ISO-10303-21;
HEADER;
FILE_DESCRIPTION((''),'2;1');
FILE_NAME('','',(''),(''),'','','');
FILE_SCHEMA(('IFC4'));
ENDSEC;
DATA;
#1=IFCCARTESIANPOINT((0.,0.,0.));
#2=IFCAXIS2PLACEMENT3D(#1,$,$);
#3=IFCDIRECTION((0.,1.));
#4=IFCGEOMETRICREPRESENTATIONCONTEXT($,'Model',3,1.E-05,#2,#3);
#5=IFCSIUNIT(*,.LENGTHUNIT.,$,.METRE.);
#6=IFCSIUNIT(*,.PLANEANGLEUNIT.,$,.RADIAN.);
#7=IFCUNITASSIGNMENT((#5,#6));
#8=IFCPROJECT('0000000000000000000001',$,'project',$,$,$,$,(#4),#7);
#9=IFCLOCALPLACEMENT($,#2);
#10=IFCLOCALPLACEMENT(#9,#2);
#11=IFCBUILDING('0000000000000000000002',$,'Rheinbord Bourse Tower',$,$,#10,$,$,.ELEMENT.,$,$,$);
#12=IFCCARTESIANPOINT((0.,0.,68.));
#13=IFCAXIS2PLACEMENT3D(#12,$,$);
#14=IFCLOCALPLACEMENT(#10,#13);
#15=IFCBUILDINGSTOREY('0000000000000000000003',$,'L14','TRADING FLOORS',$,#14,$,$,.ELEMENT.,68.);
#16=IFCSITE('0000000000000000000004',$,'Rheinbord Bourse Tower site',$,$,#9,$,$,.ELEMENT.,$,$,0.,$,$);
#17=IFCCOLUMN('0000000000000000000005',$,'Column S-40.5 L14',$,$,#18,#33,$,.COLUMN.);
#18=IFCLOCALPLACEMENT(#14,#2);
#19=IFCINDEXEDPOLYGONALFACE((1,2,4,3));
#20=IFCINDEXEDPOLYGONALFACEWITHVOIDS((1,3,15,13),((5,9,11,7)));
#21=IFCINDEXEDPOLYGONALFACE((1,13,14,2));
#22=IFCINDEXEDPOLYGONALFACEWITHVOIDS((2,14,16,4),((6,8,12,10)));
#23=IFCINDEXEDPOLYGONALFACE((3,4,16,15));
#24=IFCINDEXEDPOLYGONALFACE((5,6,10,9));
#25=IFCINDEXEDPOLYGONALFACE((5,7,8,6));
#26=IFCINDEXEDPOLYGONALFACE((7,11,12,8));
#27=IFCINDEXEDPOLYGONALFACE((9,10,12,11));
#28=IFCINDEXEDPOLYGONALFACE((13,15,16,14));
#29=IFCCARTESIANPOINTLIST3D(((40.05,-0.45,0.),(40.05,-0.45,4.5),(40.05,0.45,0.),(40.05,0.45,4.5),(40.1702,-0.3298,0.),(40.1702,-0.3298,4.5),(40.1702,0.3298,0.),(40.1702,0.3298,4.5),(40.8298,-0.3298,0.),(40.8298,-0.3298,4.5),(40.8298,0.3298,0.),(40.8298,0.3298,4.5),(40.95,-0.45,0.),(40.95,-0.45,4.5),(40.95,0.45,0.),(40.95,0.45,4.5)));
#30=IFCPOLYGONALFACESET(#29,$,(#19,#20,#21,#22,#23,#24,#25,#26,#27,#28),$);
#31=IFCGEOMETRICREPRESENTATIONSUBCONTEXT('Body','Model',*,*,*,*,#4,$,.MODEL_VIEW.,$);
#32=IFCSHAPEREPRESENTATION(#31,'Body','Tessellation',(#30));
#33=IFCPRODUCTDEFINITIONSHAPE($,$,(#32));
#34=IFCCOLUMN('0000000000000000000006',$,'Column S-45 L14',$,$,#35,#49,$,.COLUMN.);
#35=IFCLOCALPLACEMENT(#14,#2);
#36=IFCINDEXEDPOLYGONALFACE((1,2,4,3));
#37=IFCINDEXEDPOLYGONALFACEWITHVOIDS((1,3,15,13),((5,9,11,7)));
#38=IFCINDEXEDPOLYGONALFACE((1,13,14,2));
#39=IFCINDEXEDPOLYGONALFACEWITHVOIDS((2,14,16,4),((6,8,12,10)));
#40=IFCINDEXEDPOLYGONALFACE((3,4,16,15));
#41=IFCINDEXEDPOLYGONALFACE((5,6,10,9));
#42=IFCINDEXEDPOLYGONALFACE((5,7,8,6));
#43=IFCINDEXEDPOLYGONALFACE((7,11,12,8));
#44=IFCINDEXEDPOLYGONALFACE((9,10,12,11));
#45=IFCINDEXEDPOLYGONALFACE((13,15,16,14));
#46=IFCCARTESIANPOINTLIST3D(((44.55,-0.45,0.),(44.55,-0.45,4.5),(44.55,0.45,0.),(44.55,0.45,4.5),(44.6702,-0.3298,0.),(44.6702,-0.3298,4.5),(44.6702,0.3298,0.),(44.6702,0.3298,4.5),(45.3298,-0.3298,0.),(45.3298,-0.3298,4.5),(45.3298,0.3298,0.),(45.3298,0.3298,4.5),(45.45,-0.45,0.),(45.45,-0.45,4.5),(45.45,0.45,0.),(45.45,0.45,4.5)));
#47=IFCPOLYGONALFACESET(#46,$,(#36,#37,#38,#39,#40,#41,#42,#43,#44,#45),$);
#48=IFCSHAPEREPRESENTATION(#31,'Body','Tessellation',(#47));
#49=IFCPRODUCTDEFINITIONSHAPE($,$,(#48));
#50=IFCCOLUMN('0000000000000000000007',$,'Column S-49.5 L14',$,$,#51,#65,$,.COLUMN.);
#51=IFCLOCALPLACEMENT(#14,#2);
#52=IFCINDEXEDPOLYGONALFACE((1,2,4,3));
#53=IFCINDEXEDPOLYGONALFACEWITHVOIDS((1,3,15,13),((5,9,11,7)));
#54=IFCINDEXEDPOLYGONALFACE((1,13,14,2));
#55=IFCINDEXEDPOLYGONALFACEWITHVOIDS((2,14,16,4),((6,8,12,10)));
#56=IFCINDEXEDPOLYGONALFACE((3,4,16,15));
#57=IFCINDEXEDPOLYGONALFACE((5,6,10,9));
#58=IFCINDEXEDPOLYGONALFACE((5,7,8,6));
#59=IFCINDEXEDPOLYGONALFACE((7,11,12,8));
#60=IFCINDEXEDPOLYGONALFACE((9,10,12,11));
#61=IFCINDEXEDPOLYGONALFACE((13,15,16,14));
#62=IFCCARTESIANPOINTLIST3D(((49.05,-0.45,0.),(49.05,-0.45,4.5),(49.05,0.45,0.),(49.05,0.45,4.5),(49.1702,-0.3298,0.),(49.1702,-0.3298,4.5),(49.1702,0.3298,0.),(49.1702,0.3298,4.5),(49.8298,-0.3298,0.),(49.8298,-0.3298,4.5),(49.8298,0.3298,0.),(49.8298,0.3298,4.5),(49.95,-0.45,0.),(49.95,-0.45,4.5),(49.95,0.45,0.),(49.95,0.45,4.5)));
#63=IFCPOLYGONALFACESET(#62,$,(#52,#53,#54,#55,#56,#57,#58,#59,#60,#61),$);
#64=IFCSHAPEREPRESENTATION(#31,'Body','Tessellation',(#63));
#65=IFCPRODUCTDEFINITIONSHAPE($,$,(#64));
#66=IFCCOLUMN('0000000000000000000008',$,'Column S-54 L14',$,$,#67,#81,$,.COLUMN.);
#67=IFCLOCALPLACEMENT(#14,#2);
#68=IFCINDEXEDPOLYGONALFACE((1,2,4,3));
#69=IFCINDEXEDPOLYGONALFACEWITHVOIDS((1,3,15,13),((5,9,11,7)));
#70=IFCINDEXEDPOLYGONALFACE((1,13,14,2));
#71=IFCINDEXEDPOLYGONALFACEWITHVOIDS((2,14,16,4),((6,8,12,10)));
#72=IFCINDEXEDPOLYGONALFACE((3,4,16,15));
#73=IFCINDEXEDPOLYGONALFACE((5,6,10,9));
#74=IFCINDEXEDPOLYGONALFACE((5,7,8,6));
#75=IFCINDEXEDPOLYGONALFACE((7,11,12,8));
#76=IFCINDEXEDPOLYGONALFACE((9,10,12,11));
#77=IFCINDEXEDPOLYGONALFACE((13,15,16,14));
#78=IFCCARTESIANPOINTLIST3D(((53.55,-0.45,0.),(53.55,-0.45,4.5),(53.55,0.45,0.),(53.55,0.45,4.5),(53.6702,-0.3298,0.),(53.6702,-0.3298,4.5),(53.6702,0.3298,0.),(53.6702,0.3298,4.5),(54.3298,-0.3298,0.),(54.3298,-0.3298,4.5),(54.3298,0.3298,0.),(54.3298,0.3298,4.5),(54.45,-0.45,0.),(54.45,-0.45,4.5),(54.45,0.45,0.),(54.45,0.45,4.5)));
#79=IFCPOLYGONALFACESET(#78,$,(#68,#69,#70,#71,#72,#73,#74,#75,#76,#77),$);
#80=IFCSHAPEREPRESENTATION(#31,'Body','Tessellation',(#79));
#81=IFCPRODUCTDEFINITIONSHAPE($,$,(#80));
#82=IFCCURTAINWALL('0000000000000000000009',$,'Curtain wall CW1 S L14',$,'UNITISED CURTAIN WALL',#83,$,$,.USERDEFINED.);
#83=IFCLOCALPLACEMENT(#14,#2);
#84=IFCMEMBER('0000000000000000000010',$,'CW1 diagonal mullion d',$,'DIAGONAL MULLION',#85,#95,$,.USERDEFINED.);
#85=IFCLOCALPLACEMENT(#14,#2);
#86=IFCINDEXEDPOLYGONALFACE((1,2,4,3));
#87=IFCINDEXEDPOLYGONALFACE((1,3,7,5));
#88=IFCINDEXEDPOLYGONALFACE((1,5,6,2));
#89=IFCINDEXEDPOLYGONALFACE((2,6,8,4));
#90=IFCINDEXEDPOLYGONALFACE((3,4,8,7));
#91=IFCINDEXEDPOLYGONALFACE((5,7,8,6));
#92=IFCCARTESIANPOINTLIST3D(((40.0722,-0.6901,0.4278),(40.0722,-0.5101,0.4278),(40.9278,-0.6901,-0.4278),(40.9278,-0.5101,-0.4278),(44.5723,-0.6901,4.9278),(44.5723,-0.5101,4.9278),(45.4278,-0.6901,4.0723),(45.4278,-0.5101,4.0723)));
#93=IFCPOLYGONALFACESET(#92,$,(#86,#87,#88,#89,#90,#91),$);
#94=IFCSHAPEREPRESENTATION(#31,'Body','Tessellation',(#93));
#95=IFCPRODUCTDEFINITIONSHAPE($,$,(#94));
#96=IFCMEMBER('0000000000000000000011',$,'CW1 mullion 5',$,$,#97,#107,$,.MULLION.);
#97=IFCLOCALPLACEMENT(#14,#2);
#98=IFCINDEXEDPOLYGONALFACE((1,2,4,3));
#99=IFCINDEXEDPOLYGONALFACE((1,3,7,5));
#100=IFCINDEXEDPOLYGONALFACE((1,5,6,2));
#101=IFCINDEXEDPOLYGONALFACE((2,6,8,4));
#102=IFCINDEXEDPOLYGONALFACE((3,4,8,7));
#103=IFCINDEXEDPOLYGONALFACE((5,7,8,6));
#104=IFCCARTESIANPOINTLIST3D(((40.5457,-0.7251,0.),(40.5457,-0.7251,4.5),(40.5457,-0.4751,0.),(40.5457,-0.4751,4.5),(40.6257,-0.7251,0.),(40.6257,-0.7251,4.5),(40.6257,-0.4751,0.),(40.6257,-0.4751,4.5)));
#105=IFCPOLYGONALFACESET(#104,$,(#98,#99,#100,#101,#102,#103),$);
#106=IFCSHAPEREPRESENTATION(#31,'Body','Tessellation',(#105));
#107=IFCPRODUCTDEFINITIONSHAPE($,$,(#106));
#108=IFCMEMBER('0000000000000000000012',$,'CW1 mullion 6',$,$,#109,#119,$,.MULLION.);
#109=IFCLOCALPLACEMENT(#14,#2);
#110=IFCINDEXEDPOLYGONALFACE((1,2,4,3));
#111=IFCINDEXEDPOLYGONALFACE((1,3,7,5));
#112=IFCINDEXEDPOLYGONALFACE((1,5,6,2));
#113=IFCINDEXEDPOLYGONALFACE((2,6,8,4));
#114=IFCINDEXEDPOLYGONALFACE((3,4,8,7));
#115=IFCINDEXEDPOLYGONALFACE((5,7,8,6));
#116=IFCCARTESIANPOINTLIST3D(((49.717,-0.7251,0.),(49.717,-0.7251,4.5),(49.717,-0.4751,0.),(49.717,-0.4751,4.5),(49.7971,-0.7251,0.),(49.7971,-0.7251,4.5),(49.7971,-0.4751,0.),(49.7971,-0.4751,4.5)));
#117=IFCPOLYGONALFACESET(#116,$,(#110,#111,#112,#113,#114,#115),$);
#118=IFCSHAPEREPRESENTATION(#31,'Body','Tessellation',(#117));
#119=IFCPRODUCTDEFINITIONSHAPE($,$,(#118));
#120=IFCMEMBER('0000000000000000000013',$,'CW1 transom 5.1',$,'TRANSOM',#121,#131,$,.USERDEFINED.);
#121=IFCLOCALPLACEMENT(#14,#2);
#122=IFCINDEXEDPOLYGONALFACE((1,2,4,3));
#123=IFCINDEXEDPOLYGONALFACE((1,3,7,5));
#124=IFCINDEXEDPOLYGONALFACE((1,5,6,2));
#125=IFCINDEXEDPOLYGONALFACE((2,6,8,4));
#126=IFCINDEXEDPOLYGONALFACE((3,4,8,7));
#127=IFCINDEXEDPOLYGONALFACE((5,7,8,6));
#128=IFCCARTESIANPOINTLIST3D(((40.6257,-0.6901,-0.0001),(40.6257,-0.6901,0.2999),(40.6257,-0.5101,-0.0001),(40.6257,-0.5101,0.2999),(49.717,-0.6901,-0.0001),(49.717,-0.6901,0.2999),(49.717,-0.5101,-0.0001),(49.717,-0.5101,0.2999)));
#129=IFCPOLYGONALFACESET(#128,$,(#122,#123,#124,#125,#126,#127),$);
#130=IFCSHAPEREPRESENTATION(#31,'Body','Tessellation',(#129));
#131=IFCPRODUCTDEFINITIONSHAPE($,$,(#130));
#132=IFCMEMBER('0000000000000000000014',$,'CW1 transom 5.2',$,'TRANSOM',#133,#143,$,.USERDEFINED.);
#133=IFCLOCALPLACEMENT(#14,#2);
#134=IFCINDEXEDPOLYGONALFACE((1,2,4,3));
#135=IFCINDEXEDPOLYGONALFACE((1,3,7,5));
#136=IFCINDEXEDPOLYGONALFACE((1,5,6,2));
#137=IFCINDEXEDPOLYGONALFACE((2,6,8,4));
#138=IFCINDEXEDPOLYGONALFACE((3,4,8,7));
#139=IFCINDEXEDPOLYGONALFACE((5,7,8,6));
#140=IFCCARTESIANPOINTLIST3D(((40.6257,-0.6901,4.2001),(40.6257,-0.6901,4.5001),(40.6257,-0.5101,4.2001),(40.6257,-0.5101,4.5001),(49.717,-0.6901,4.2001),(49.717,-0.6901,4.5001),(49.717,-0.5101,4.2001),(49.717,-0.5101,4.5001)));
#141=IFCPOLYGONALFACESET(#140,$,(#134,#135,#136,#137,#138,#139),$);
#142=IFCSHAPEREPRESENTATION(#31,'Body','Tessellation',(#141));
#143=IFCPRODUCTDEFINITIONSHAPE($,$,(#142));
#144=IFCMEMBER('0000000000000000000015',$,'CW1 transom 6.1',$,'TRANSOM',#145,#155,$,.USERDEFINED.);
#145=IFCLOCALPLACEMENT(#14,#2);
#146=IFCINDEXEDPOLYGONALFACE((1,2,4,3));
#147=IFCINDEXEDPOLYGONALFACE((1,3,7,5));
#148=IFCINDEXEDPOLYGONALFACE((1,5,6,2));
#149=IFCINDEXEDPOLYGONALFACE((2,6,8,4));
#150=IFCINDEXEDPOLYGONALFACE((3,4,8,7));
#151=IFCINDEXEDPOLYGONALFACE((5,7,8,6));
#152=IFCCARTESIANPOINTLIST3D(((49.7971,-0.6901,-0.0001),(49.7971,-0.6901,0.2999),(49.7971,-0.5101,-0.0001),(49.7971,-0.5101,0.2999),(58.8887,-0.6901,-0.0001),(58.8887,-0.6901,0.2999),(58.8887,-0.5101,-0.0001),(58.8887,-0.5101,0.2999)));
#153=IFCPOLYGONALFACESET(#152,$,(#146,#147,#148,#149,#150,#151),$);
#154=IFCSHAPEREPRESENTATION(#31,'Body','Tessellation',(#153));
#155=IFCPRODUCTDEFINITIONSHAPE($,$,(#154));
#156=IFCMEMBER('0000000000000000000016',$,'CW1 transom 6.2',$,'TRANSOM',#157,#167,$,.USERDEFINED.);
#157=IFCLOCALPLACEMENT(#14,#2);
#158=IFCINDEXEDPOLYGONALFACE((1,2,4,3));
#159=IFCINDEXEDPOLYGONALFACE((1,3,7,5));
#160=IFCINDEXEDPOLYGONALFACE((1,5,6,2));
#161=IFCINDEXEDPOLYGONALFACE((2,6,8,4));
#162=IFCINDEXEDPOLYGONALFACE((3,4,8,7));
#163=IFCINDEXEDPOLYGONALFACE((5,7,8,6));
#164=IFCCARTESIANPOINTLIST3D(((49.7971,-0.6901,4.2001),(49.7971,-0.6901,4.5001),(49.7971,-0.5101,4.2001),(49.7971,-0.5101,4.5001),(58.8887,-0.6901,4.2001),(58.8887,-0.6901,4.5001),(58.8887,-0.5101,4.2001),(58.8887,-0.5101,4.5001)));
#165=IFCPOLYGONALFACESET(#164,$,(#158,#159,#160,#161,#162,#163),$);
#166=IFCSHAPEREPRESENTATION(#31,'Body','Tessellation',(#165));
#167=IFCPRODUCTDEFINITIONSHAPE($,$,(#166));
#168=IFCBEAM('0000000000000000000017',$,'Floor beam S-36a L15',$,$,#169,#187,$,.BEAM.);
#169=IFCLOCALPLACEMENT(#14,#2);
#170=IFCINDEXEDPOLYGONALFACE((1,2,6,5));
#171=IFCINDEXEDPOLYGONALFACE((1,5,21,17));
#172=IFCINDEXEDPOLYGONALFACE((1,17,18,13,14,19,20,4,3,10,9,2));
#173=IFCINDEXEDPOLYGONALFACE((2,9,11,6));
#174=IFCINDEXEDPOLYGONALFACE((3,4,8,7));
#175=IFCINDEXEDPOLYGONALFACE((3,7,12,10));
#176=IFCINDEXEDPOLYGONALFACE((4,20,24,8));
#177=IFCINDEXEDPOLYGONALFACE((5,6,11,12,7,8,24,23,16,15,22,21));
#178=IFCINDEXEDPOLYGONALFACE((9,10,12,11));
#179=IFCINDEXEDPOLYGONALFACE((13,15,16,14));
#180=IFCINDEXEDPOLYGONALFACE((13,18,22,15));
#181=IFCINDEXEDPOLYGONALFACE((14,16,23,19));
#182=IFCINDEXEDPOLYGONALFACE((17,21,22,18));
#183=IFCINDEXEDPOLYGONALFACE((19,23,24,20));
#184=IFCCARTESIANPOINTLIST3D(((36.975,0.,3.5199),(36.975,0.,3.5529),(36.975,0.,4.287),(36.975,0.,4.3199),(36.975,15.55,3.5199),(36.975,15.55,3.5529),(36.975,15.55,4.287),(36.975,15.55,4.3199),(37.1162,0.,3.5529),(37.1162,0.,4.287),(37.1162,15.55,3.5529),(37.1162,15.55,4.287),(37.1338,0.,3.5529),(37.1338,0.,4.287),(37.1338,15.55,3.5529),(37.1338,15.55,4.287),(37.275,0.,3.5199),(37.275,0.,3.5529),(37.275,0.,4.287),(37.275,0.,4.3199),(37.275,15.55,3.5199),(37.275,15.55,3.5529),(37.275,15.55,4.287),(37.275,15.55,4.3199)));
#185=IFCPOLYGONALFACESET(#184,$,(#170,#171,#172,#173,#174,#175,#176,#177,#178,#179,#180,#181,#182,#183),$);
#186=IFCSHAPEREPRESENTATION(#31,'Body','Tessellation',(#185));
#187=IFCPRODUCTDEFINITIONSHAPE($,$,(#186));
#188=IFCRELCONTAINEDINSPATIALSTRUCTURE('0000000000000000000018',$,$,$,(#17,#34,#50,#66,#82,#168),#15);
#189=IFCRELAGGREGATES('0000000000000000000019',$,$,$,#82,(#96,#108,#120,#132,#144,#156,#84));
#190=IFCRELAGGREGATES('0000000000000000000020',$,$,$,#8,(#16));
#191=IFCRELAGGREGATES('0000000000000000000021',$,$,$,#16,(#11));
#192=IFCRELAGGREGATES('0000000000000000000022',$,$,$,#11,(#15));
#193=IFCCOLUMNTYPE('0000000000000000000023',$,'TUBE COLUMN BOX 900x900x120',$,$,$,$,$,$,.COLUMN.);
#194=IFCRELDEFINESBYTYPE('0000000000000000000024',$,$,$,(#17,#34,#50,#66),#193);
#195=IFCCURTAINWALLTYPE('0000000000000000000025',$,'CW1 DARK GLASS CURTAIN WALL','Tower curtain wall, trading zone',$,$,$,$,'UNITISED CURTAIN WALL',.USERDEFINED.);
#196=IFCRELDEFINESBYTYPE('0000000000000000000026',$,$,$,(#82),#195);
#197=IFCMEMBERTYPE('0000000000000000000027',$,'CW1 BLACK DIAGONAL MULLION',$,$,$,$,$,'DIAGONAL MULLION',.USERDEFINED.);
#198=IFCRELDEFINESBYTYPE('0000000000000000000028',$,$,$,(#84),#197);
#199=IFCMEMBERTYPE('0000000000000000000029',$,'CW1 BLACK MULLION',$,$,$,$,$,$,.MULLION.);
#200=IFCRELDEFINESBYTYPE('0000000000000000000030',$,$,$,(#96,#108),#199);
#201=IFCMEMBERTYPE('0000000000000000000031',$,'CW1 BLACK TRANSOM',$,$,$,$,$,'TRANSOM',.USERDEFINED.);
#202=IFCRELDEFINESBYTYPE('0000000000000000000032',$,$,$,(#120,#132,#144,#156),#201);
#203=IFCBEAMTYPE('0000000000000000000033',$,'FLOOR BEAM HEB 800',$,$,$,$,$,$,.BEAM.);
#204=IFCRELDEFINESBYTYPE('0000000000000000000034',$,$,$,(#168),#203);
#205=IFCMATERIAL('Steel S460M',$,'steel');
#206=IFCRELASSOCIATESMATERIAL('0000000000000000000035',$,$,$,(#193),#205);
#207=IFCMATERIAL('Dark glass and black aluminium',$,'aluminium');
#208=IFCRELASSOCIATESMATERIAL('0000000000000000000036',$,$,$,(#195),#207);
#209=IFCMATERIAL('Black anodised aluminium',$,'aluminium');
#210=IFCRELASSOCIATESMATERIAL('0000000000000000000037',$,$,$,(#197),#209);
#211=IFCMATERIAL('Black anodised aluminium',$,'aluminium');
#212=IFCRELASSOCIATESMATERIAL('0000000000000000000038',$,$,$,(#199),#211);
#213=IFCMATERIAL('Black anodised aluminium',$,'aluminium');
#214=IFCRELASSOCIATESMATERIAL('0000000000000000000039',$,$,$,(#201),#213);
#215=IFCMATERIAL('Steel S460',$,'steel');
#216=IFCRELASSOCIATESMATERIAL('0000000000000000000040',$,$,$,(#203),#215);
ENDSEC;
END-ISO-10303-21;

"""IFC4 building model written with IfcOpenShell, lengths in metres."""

from ifc_helpers import new_model, si_unit, direction, frame, origin, origin_2d, place, context, subcontext, project, spatial, rectangle, hollow_rectangle, i_section, extrude, material, material_profile, profile_set, type_object, element, aggregate, save


model = new_model("IFC4")

# Units and contexts
model_context = context("Model", 3, precision=1e-05, world=origin(), true_north=direction((0.0, 1.0)))
body_context = subcontext(model_context, "Body", "Model", "MODEL_VIEW")
ifc_project = project(units=[si_unit("LENGTHUNIT", "METRE"), si_unit("PLANEANGLEUNIT", "RADIAN")], contexts=[model_context])

# Site, building, storey
site_placement = place(None, origin())
site = spatial("IfcSite", under=ifc_project, at=site_placement, Name="Rheinbord Bourse Tower site", CompositionType="ELEMENT", RefElevation=0.0)
building_placement = place(site_placement, origin())
building = spatial("IfcBuilding", under=site, at=building_placement, Name="Rheinbord Bourse Tower", CompositionType="ELEMENT")
storey_placement = place(building_placement, frame((0.0, 0.0, 68.0)))
storey = spatial("IfcBuildingStorey", under=building, at=storey_placement, Name="L14", Description="TRADING FLOORS", CompositionType="ELEMENT", Elevation=68.0)

# Columns
ifc_material_1 = material(Name="Steel S460M", Category="steel")
ifc_material_profile_1 = material_profile(ifc_material_1, hollow_rectangle(XDim=0.8999, YDim=0.8999, WallThickness=0.1201, at=origin_2d()), Name="BOX 900x900x120")
ifc_profile_set_1 = profile_set([ifc_material_profile_1], Name="Steel S460M")
column_type = type_object("IfcColumnType", Name="TUBE COLUMN BOX 900x900x120", PredefinedType="COLUMN", material=ifc_profile_set_1)
for number, where, z_axis, x_axis, name in (
    (1, (40.5, 0.0, 0.0), (0.0, 0.0, 1.0), (0.0, 1.0, 0.0), "Column S-40.5 L14"),
    (2, (45.0, 0.0, 0.0), (0.0, 0.0, 1.0), (0.0, 1.0, 0.0), "Column S-45 L14"),
    (3, (49.5, 0.0, 0.0), (0.0, 0.0, 1.0), (0.0, 1.0, 0.0), "Column S-49.5 L14"),
    (4, (54.0, 0.0, 0.0), (0.0, 0.0, 1.0), (0.0, 1.0, 0.0), "Column S-54 L14"),
):
    element("IfcColumn", number, at=place(storey_placement, frame(where, z_axis=z_axis, x_axis=x_axis)), inside=storey, type_object=column_type, Name=name, PredefinedType="COLUMN", context=body_context, shape_type="SweptSolid", body=[
        extrude(hollow_rectangle(XDim=0.8999, YDim=0.8999, WallThickness=0.1201, at=origin_2d()), origin(), (0.0, 0.0, 1.0), 4.5),
    ])

# Curtain wall, members
ifc_material_2 = material(Name="Dark glass and black aluminium", Category="aluminium")
curtain_wall_type = type_object("IfcCurtainWallType", Name="CW1 DARK GLASS CURTAIN WALL", Description="Tower curtain wall, trading zone", ElementType="UNITISED CURTAIN WALL", PredefinedType="USERDEFINED", material=ifc_material_2)
curtain_wall_placement = place(storey_placement, origin())
curtain_wall = element("IfcCurtainWall", 5, at=curtain_wall_placement, inside=storey, type_object=curtain_wall_type, Name="Curtain wall CW1 S L14", ObjectType="UNITISED CURTAIN WALL", PredefinedType="USERDEFINED")
ifc_material_3 = material(Name="Black anodised aluminium", Category="aluminium")
ifc_material_profile_2 = material_profile(ifc_material_3, rectangle(XDim=0.1799, YDim=1.21, at=origin_2d()), Name="CW1 DIAGONAL MULLION 1210x180")
ifc_profile_set_2 = profile_set([ifc_material_profile_2], Name="Black anodised aluminium")
member_type_1 = type_object("IfcMemberType", Name="CW1 BLACK DIAGONAL MULLION", ElementType="DIAGONAL MULLION", PredefinedType="USERDEFINED", material=ifc_profile_set_2)
member_1_placement = place(storey_placement, frame((40.5, -0.6001, 0.0), z_axis=(0.707107, 0.0, 0.707107), x_axis=(0.0, 1.0, 0.0)))
member_1 = element("IfcMember", 6, at=member_1_placement, type_object=member_type_1, Name="CW1 diagonal mullion d", ObjectType="DIAGONAL MULLION", PredefinedType="USERDEFINED", context=body_context, shape_type="SweptSolid", body=[
    extrude(rectangle(XDim=0.1799, YDim=1.21, at=origin_2d()), origin(), (0.0, 0.0, 1.0), 6.364),
])
ifc_material_4 = material(Name="Black anodised aluminium", Category="aluminium")
ifc_material_profile_3 = material_profile(ifc_material_4, rectangle(XDim=0.25, YDim=0.0801, at=origin_2d()), Name="CW1 MULLION 80x250")
ifc_profile_set_3 = profile_set([ifc_material_profile_3], Name="Black anodised aluminium")
member_type_2 = type_object("IfcMemberType", Name="CW1 BLACK MULLION", PredefinedType="MULLION", material=ifc_profile_set_3)
member_2_placement = place(storey_placement, frame((40.5857, -0.6001, 0.0), z_axis=(0.0, 0.0, 1.0), x_axis=(0.0, 1.0, 0.0)))
member_2 = element("IfcMember", 7, at=member_2_placement, type_object=member_type_2, Name="CW1 mullion 5", PredefinedType="MULLION", context=body_context, shape_type="SweptSolid", body=[
    extrude(rectangle(XDim=0.25, YDim=0.0801, at=origin_2d()), origin(), (0.0, 0.0, 1.0), 4.5),
])
member_3_placement = place(storey_placement, frame((49.7571, -0.6001, 0.0), z_axis=(0.0, 0.0, 1.0), x_axis=(0.0, 1.0, 0.0)))
member_3 = element("IfcMember", 8, at=member_3_placement, type_object=member_type_2, Name="CW1 mullion 6", PredefinedType="MULLION", context=body_context, shape_type="SweptSolid", body=[
    extrude(rectangle(XDim=0.25, YDim=0.0801, at=origin_2d()), origin(), (0.0, 0.0, 1.0), 4.5),
])
ifc_material_5 = material(Name="Black anodised aluminium", Category="aluminium")
ifc_material_profile_4 = material_profile(ifc_material_5, rectangle(XDim=0.1799, YDim=0.3, at=origin_2d()), Name="CW1 TRANSOM 300x180")
ifc_profile_set_4 = profile_set([ifc_material_profile_4], Name="Black anodised aluminium")
member_type_3 = type_object("IfcMemberType", Name="CW1 BLACK TRANSOM", ElementType="TRANSOM", PredefinedType="USERDEFINED", material=ifc_profile_set_4)
member_4_placement = place(storey_placement, frame((40.6257, -0.6001, 0.1499), z_axis=(1.0, 0.0, 0.0), x_axis=(0.0, 1.0, 0.0)))
member_4 = element("IfcMember", 9, at=member_4_placement, type_object=member_type_3, Name="CW1 transom 5.1", ObjectType="TRANSOM", PredefinedType="USERDEFINED", context=body_context, shape_type="SweptSolid", body=[
    extrude(rectangle(XDim=0.1799, YDim=0.3, at=origin_2d()), origin(), (0.0, 0.0, 1.0), 9.0913),
])
member_5_placement = place(storey_placement, frame((40.6257, -0.6001, 4.3501), z_axis=(1.0, 0.0, 0.0), x_axis=(0.0, 1.0, 0.0)))
member_5 = element("IfcMember", 10, at=member_5_placement, type_object=member_type_3, Name="CW1 transom 5.2", ObjectType="TRANSOM", PredefinedType="USERDEFINED", context=body_context, shape_type="SweptSolid", body=[
    extrude(rectangle(XDim=0.1799, YDim=0.3, at=origin_2d()), origin(), (0.0, 0.0, 1.0), 9.0913),
])
member_6_placement = place(storey_placement, frame((49.7971, -0.6001, 0.1499), z_axis=(1.0, 0.0, 0.0), x_axis=(0.0, 1.0, 0.0)))
member_6 = element("IfcMember", 11, at=member_6_placement, type_object=member_type_3, Name="CW1 transom 6.1", ObjectType="TRANSOM", PredefinedType="USERDEFINED", context=body_context, shape_type="SweptSolid", body=[
    extrude(rectangle(XDim=0.1799, YDim=0.3, at=origin_2d()), origin(), (0.0, 0.0, 1.0), 9.0916),
])
member_7_placement = place(storey_placement, frame((49.7971, -0.6001, 4.3501), z_axis=(1.0, 0.0, 0.0), x_axis=(0.0, 1.0, 0.0)))
member_7 = element("IfcMember", 12, at=member_7_placement, type_object=member_type_3, Name="CW1 transom 6.2", ObjectType="TRANSOM", PredefinedType="USERDEFINED", context=body_context, shape_type="SweptSolid", body=[
    extrude(rectangle(XDim=0.1799, YDim=0.3, at=origin_2d()), origin(), (0.0, 0.0, 1.0), 9.0916),
])

# Beam
ifc_material_6 = material(Name="Steel S460", Category="steel")
ifc_material_profile_5 = material_profile(ifc_material_6, i_section(OverallWidth=0.3, OverallDepth=0.8, WebThickness=0.0176, FlangeThickness=0.033, at=origin_2d()), Name="HEB 800")
ifc_profile_set_5 = profile_set([ifc_material_profile_5], Name="Steel S460")
beam_type_1 = type_object("IfcBeamType", Name="FLOOR BEAM HEB 800", PredefinedType="BEAM", material=ifc_profile_set_5)
for number, where, z_axis, x_axis, name in (
    (13, (37.125, 0.0, 3.9199), (0.0, 1.0, 0.0), (-1.0, 0.0, 0.0), "Floor beam S-36a L15"),
):
    element("IfcBeam", number, at=place(storey_placement, frame(where, z_axis=z_axis, x_axis=x_axis)), inside=storey, type_object=beam_type_1, Name=name, PredefinedType="BEAM", context=body_context, shape_type="SweptSolid", body=[
        extrude(i_section(OverallWidth=0.3, OverallDepth=0.8, WebThickness=0.0176, FlangeThickness=0.033, at=origin_2d()), origin(), (0.0, 0.0, 1.0), 15.55),
    ])

aggregate(curtain_wall, [member_2, member_3, member_4, member_5, member_6, member_7, member_1])

save(model, "model.ifc")
